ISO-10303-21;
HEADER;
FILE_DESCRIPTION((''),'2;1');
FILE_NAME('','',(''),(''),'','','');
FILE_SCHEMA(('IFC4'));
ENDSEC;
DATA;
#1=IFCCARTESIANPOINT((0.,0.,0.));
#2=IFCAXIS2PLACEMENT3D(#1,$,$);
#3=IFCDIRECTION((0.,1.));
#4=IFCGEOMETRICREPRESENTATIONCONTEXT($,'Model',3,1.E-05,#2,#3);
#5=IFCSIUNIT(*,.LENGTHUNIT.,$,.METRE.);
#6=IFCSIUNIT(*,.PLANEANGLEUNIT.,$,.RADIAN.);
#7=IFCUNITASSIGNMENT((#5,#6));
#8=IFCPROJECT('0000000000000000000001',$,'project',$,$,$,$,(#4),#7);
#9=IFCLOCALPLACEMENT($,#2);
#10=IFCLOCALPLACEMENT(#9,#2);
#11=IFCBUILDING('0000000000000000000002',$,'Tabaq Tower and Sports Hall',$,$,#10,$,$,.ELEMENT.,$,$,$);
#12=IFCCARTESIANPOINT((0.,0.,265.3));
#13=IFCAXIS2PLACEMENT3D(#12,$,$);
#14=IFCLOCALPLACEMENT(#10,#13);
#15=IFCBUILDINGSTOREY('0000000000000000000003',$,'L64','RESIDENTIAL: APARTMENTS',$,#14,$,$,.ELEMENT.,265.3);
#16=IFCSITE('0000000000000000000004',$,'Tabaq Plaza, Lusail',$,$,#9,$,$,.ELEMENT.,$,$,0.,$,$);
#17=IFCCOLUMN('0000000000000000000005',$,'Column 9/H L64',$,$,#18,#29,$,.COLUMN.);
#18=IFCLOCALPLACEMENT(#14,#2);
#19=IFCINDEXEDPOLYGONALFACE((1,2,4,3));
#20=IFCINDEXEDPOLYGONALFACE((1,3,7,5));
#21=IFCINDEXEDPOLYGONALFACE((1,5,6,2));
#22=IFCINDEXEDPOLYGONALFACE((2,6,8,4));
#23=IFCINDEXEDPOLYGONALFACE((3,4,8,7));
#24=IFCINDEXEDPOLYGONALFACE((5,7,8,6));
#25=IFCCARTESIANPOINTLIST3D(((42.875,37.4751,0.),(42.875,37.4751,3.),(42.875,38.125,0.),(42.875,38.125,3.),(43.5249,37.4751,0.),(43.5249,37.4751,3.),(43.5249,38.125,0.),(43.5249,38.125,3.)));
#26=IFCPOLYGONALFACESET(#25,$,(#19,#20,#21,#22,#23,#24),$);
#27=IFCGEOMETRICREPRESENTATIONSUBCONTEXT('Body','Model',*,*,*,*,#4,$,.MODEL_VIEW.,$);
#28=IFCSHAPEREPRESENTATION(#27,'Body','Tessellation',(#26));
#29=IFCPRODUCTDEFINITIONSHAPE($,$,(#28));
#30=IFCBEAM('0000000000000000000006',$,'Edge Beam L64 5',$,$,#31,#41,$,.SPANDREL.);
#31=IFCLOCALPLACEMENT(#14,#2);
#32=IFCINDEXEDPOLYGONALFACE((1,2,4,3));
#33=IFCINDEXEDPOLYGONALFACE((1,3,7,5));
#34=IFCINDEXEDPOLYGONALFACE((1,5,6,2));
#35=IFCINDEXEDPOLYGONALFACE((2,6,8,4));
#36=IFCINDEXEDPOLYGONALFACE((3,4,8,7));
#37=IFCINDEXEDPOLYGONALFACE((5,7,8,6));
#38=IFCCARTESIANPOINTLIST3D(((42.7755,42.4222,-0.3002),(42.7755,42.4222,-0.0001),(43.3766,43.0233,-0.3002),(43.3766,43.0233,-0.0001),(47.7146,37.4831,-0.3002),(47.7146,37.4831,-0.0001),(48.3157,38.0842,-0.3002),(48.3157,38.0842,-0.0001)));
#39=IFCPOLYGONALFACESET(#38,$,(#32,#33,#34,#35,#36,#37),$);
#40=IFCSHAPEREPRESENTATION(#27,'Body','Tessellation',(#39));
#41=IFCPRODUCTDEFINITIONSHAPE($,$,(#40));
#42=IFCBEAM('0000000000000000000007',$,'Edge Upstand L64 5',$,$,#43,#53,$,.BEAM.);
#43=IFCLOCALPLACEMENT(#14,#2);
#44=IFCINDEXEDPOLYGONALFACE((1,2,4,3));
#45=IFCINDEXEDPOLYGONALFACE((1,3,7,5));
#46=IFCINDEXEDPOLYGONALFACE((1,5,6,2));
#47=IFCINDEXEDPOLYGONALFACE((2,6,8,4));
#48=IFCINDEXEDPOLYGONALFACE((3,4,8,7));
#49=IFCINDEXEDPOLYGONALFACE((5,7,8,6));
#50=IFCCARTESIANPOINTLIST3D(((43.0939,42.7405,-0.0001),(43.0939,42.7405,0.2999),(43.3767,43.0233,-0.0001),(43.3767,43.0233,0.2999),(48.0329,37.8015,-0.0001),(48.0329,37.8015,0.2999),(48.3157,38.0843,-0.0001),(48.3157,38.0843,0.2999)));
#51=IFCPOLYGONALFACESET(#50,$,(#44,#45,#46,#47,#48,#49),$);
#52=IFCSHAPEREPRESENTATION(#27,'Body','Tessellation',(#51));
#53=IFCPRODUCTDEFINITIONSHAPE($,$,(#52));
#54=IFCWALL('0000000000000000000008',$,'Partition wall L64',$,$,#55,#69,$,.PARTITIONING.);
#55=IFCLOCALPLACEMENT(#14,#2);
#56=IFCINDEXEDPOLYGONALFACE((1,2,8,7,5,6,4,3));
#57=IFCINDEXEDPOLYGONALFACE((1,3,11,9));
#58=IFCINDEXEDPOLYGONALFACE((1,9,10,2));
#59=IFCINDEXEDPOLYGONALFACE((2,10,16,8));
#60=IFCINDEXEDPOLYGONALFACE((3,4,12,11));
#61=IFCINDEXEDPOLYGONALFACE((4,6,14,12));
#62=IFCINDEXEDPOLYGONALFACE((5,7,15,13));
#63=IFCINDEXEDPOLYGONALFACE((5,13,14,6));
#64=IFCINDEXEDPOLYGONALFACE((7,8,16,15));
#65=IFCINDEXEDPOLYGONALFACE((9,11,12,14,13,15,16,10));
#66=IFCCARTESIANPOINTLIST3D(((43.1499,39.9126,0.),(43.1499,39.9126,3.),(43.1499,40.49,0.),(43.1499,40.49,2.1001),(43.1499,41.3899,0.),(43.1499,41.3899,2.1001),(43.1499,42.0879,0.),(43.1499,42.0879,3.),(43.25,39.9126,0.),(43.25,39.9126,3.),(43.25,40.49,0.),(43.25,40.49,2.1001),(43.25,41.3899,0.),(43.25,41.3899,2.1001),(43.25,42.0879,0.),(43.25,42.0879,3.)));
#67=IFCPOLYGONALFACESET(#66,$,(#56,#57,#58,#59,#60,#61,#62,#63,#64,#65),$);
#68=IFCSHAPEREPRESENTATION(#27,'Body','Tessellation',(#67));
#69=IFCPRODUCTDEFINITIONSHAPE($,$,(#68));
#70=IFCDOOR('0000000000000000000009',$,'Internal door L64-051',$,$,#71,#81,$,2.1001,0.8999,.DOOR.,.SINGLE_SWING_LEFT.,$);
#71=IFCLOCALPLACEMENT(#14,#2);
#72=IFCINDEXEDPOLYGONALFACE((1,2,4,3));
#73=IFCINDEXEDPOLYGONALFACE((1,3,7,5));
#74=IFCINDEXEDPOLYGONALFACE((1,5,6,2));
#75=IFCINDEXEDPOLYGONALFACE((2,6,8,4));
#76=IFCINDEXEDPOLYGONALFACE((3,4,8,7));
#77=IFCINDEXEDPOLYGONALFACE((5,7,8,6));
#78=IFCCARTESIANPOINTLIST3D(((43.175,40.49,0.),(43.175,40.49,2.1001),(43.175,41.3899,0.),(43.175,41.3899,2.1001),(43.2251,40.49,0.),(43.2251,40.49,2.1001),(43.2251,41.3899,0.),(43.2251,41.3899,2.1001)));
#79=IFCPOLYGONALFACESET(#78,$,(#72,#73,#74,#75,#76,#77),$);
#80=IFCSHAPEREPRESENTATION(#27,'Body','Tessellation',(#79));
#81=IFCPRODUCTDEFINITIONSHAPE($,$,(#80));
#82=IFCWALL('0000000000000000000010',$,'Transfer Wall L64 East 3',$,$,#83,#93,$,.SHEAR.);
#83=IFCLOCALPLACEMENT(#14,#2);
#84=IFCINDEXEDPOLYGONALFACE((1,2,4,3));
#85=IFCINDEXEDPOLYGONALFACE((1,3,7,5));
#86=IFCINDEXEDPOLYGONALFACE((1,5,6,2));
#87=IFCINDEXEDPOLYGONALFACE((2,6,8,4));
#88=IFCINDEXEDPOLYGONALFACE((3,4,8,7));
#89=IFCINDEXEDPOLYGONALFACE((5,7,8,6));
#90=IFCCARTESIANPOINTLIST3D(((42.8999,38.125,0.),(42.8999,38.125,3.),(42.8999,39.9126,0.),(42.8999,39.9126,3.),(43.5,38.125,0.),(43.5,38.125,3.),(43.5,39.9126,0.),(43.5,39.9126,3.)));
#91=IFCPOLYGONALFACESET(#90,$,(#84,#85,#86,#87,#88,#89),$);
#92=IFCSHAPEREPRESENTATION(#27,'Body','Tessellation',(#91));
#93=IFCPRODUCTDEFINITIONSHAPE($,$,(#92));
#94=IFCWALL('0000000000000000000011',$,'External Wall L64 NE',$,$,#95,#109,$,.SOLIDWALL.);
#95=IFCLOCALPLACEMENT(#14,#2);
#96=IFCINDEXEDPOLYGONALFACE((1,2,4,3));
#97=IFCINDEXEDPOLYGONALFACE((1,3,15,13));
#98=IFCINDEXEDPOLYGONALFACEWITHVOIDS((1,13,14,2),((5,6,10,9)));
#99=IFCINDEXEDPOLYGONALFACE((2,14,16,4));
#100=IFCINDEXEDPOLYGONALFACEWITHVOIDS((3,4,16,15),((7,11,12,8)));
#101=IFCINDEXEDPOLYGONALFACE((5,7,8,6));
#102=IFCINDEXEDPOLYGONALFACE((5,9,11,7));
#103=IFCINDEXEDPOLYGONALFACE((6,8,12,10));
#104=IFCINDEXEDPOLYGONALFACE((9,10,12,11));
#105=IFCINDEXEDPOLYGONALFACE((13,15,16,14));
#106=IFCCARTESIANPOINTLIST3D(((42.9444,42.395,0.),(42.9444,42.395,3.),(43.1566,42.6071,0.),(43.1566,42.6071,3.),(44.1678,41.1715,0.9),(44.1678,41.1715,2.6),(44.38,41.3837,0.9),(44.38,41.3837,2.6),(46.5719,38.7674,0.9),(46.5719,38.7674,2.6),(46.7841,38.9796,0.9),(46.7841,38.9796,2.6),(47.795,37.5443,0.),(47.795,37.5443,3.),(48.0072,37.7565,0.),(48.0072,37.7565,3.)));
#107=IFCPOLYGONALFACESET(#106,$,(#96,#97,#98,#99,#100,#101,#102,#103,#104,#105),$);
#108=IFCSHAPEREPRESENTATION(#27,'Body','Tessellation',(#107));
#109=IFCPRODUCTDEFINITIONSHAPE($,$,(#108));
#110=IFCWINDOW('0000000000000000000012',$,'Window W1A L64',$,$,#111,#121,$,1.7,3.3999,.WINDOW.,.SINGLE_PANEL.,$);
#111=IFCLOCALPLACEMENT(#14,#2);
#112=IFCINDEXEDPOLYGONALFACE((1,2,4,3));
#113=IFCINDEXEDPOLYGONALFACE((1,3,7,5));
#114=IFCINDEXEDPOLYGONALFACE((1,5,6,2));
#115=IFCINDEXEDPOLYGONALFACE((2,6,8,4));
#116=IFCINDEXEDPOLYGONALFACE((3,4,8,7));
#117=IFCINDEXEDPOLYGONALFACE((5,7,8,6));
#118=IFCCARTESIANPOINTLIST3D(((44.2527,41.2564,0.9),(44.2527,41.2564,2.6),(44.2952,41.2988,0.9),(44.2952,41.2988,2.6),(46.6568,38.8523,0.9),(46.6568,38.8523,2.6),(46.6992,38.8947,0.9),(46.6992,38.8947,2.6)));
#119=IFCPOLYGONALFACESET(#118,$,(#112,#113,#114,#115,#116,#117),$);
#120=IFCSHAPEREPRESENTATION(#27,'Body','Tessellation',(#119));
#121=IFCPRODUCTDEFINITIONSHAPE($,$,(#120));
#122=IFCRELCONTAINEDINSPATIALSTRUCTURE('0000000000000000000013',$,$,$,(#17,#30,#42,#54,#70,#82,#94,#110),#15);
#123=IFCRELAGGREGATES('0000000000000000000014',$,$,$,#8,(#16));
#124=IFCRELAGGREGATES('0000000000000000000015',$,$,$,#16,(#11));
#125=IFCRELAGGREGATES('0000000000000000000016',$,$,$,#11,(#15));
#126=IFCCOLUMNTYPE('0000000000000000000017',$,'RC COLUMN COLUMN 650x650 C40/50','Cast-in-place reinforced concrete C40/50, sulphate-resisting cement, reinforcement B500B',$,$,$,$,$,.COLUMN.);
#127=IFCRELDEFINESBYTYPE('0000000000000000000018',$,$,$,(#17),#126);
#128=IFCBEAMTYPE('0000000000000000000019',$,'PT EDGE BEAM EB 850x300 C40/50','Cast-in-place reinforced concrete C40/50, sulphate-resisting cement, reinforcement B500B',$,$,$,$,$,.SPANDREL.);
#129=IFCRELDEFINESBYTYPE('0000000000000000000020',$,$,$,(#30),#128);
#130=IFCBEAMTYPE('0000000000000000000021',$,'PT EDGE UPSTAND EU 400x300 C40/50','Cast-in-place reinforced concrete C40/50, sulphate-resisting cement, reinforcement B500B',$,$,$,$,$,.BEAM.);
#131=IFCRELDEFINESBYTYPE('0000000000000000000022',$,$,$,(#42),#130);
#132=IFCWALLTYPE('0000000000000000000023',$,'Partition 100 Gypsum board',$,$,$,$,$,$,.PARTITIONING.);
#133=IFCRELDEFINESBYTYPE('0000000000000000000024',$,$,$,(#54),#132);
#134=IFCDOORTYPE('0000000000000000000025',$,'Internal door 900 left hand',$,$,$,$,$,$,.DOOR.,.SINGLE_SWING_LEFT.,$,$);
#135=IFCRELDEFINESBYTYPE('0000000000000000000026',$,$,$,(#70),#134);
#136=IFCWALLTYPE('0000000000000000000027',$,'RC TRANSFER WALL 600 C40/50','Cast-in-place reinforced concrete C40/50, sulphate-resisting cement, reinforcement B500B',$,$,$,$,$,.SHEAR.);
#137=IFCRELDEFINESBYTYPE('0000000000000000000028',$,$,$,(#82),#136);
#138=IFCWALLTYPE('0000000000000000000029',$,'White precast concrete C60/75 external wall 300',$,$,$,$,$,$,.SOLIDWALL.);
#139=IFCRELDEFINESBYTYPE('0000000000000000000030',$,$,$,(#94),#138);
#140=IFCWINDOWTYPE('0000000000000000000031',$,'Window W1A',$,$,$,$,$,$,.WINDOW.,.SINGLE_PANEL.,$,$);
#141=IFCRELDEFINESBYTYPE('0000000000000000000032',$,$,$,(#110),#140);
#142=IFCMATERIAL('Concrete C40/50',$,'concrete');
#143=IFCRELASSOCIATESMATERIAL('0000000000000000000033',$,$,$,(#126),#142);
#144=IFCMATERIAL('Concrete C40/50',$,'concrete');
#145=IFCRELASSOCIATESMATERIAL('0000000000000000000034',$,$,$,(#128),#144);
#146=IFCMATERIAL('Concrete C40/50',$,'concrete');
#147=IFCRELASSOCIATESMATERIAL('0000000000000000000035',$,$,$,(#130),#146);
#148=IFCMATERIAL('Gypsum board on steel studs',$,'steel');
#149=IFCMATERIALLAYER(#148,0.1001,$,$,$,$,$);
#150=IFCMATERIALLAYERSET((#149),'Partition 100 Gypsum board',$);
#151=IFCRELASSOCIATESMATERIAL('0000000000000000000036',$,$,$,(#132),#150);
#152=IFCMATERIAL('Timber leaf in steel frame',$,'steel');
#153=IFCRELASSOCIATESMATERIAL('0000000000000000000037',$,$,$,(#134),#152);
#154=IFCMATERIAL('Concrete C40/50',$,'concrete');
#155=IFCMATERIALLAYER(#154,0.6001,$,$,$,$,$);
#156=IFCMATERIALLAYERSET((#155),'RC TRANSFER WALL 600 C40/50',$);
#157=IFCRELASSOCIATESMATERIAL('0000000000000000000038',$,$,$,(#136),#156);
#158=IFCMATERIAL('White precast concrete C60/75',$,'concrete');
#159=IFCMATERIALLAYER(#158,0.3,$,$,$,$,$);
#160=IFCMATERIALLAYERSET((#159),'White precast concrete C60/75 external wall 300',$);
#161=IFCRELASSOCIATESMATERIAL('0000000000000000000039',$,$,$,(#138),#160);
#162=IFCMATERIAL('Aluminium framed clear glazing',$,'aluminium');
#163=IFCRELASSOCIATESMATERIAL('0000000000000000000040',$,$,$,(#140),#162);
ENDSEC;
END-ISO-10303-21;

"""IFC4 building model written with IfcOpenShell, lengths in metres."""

from ifc_helpers import new_model, si_unit, direction, frame, frame_2d, origin, origin_2d, place, context, subcontext, project, spatial, rectangle, extrude, material, layer, layer_set, material_profile, profile_set, type_object, element, fill, save


model = new_model("IFC4")

# Units and contexts
model_context = context("Model", 3, precision=1e-05, world=origin(), true_north=direction((0.0, 1.0)))
body_context = subcontext(model_context, "Body", "Model", "MODEL_VIEW")
ifc_project = project(units=[si_unit("LENGTHUNIT", "METRE"), si_unit("PLANEANGLEUNIT", "RADIAN")], contexts=[model_context])

# Site, building, storey
site_placement = place(None, origin())
site = spatial("IfcSite", under=ifc_project, at=site_placement, Name="Tabaq Plaza, Lusail", CompositionType="ELEMENT", RefElevation=0.0)
building_placement = place(site_placement, origin())
building = spatial("IfcBuilding", under=site, at=building_placement, Name="Tabaq Tower and Sports Hall", CompositionType="ELEMENT")
storey_placement = place(building_placement, frame((0.0, 0.0, 265.3)))
storey = spatial("IfcBuildingStorey", under=building, at=storey_placement, Name="L64", Description="RESIDENTIAL: APARTMENTS", CompositionType="ELEMENT", Elevation=265.3)

# Column
ifc_material_1 = material(Name="Concrete C40/50", Category="concrete")
ifc_material_profile_1 = material_profile(ifc_material_1, rectangle(XDim=0.6499, YDim=0.6499, at=origin_2d()), Name="COLUMN 650x650")
ifc_profile_set_1 = profile_set([ifc_material_profile_1], Name="Concrete C40/50")
column_type = type_object("IfcColumnType", Name="RC COLUMN COLUMN 650x650 C40/50", Description="Cast-in-place reinforced concrete C40/50, sulphate-resisting cement, reinforcement B500B", PredefinedType="COLUMN", material=ifc_profile_set_1)
column_placement = place(storey_placement, frame((43.2, 37.8, 0.0), z_axis=(0.0, 0.0, 1.0), x_axis=(1.0, 0.0, 0.0)))
element("IfcColumn", 1, at=column_placement, inside=storey, type_object=column_type, Name="Column 9/H L64", PredefinedType="COLUMN", context=body_context, shape_type="SweptSolid", body=[
    extrude(rectangle(XDim=0.6499, YDim=0.6499, at=origin_2d()), origin(), (0.0, 0.0, 1.0), 3.0),
])

# Beams
ifc_material_2 = material(Name="Concrete C40/50", Category="concrete")
ifc_material_profile_2 = material_profile(ifc_material_2, rectangle(XDim=0.8501, YDim=0.3, at=origin_2d()), Name="EB 850x300")
ifc_profile_set_2 = profile_set([ifc_material_profile_2], Name="Concrete C40/50")
beam_type_1 = type_object("IfcBeamType", Name="PT EDGE BEAM EB 850x300 C40/50", Description="Cast-in-place reinforced concrete C40/50, sulphate-resisting cement, reinforcement B500B", PredefinedType="SPANDREL", material=ifc_profile_set_2)
beam_1_placement = place(storey_placement, frame((48.0151, 37.7837, -0.1501), z_axis=(-0.707107, 0.707107, 0.0), x_axis=(-0.707107, -0.707107, 0.0)))
element("IfcBeam", 2, at=beam_1_placement, inside=storey, type_object=beam_type_1, Name="Edge Beam L64 5", PredefinedType="SPANDREL", context=body_context, shape_type="SweptSolid", body=[
    extrude(rectangle(XDim=0.8501, YDim=0.3, at=origin_2d()), origin(), (0.0, 0.0, 1.0), 6.9849),
])
ifc_material_3 = material(Name="Concrete C40/50", Category="concrete")
ifc_material_profile_3 = material_profile(ifc_material_3, rectangle(XDim=0.3999, YDim=0.3, at=origin_2d()), Name="EU 400x300")
ifc_profile_set_3 = profile_set([ifc_material_profile_3], Name="Concrete C40/50")
beam_type_2 = type_object("IfcBeamType", Name="PT EDGE UPSTAND EU 400x300 C40/50", Description="Cast-in-place reinforced concrete C40/50, sulphate-resisting cement, reinforcement B500B", PredefinedType="BEAM", material=ifc_profile_set_3)
beam_2_placement = place(storey_placement, frame((48.1743, 37.9429, 0.1499), z_axis=(-0.707107, 0.707107, 0.0), x_axis=(-0.707107, -0.707107, 0.0)))
element("IfcBeam", 3, at=beam_2_placement, inside=storey, type_object=beam_type_2, Name="Edge Upstand L64 5", PredefinedType="BEAM", context=body_context, shape_type="SweptSolid", body=[
    extrude(rectangle(XDim=0.3999, YDim=0.3, at=origin_2d()), origin(), (0.0, 0.0, 1.0), 6.9849),
])

# Wall, opening, door
ifc_material_4 = material(Name="Gypsum board on steel studs", Category="steel")
ifc_layer_1 = layer(ifc_material_4, 0.1001)
ifc_layer_set_1 = layer_set([ifc_layer_1], Name="Partition 100 Gypsum board")
wall_type_1 = type_object("IfcWallType", Name="Partition 100 Gypsum board", PredefinedType="PARTITIONING", material=ifc_layer_set_1)
wall_1_placement = place(storey_placement, frame((43.2, 39.9126, 0.0), z_axis=(0.0, 0.0, 1.0), x_axis=(0.0, 1.0, 0.0)))
wall_1 = element("IfcWall", 4, at=wall_1_placement, inside=storey, type_object=wall_type_1, Name="Partition wall L64", PredefinedType="PARTITIONING", context=body_context, shape_type="SweptSolid", body=[
    extrude(rectangle(XDim=2.1753, YDim=0.1001, at=frame_2d((1.0876, 0.0))), origin(), (0.0, 0.0, 1.0), 3.0),
])
opening_1_placement = place(wall_1_placement, frame((0.5774, 0.0, 0.0)))
opening_1 = element("IfcOpeningElement", 5, at=opening_1_placement, cuts=wall_1, PredefinedType="OPENING", context=body_context, shape_type="SweptSolid", body=[
    extrude(rectangle(XDim=0.8999, YDim=2.1001, at=frame_2d((0.45, 1.05))), frame((0.0, 0.05, 0.0), z_axis=(0.0, -1.0, 0.0), x_axis=(1.0, 0.0, 0.0)), (0.0, 0.0, 1.0), 0.1001),
])
ifc_material_5 = material(Name="Timber leaf in steel frame", Category="steel")
door_type = type_object("IfcDoorType", Name="Internal door 900 left hand", OperationType="SINGLE_SWING_LEFT", PredefinedType="DOOR", material=ifc_material_5)
door_placement = place(opening_1_placement, origin())
door = element("IfcDoor", 6, at=door_placement, inside=storey, type_object=door_type, Name="Internal door L64-051", OperationType="SINGLE_SWING_LEFT", OverallHeight=2.1001, OverallWidth=0.8999, PredefinedType="DOOR", context=body_context, shape_type="SweptSolid", body=[
    extrude(rectangle(XDim=0.8999, YDim=2.1001, at=frame_2d((0.45, 1.05))), frame((0.0, 0.0249, 0.0), z_axis=(0.0, -1.0, 0.0), x_axis=(1.0, 0.0, 0.0)), (0.0, 0.0, 1.0), 0.05),
])
fill(opening_1, door)

# Wall
ifc_material_6 = material(Name="Concrete C40/50", Category="concrete")
ifc_layer_2 = layer(ifc_material_6, 0.6001)
ifc_layer_set_2 = layer_set([ifc_layer_2], Name="RC TRANSFER WALL 600 C40/50")
wall_type_2 = type_object("IfcWallType", Name="RC TRANSFER WALL 600 C40/50", Description="Cast-in-place reinforced concrete C40/50, sulphate-resisting cement, reinforcement B500B", PredefinedType="SHEAR", material=ifc_layer_set_2)
wall_2_placement = place(storey_placement, frame((43.2, 38.125, 0.0), z_axis=(0.0, 0.0, 1.0), x_axis=(0.0, 1.0, 0.0)))
element("IfcWall", 7, at=wall_2_placement, inside=storey, type_object=wall_type_2, Name="Transfer Wall L64 East 3", PredefinedType="SHEAR", context=body_context, shape_type="SweptSolid", body=[
    extrude(rectangle(XDim=1.7876, YDim=0.6001, at=frame_2d((0.8938, 0.0))), origin(), (0.0, 0.0, 1.0), 3.0),
])

# Wall, opening, window
ifc_material_7 = material(Name="White precast concrete C60/75", Category="concrete")
ifc_layer_3 = layer(ifc_material_7, 0.3)
ifc_layer_set_3 = layer_set([ifc_layer_3], Name="White precast concrete C60/75 external wall 300")
wall_type_3 = type_object("IfcWallType", Name="White precast concrete C60/75 external wall 300", PredefinedType="SOLIDWALL", material=ifc_layer_set_3)
wall_3_placement = place(storey_placement, frame((47.9011, 37.6504, 0.0), z_axis=(0.0, 0.0, 1.0), x_axis=(-0.707107, 0.707107, 0.0)))
wall_3 = element("IfcWall", 8, at=wall_3_placement, inside=storey, type_object=wall_type_3, Name="External Wall L64 NE", PredefinedType="SOLIDWALL", context=body_context, shape_type="SweptSolid", body=[
    extrude(rectangle(XDim=6.8599, YDim=0.3, at=frame_2d((3.4299, 0.0))), origin(), (0.0, 0.0, 1.0), 3.0),
])
opening_2_placement = place(wall_3_placement, frame((1.7297, 0.0, 0.8999)))
opening_2 = element("IfcOpeningElement", 9, at=opening_2_placement, cuts=wall_3, PredefinedType="OPENING", context=body_context, shape_type="SweptSolid", body=[
    extrude(rectangle(XDim=3.3999, YDim=1.7, at=frame_2d((1.7, 0.8501))), frame((0.0, 0.1602, 0.0), z_axis=(0.0, -1.0, 0.0), x_axis=(1.0, 0.0, 0.0)), (0.0, 0.0, 1.0), 0.3201),
])
ifc_material_8 = material(Name="Aluminium framed clear glazing", Category="aluminium")
window_type_1 = type_object("IfcWindowType", Name="Window W1A", PartitioningType="SINGLE_PANEL", PredefinedType="WINDOW", material=ifc_material_8)
window_1_placement = place(opening_2_placement, origin())
window_1 = element("IfcWindow", 10, at=window_1_placement, inside=storey, type_object=window_type_1, Name="Window W1A L64", OverallHeight=1.7, OverallWidth=3.3999, PartitioningType="SINGLE_PANEL", PredefinedType="WINDOW", context=body_context, shape_type="SweptSolid", body=[
    extrude(rectangle(XDim=3.3999, YDim=1.7, at=frame_2d((1.7, 0.8501))), frame((0.0, 0.03, 0.0), z_axis=(0.0, -1.0, 0.0), x_axis=(1.0, 0.0, 0.0)), (0.0, 0.0, 1.0), 0.0601),
])
fill(opening_2, window_1)

save(model, "model.ifc")
